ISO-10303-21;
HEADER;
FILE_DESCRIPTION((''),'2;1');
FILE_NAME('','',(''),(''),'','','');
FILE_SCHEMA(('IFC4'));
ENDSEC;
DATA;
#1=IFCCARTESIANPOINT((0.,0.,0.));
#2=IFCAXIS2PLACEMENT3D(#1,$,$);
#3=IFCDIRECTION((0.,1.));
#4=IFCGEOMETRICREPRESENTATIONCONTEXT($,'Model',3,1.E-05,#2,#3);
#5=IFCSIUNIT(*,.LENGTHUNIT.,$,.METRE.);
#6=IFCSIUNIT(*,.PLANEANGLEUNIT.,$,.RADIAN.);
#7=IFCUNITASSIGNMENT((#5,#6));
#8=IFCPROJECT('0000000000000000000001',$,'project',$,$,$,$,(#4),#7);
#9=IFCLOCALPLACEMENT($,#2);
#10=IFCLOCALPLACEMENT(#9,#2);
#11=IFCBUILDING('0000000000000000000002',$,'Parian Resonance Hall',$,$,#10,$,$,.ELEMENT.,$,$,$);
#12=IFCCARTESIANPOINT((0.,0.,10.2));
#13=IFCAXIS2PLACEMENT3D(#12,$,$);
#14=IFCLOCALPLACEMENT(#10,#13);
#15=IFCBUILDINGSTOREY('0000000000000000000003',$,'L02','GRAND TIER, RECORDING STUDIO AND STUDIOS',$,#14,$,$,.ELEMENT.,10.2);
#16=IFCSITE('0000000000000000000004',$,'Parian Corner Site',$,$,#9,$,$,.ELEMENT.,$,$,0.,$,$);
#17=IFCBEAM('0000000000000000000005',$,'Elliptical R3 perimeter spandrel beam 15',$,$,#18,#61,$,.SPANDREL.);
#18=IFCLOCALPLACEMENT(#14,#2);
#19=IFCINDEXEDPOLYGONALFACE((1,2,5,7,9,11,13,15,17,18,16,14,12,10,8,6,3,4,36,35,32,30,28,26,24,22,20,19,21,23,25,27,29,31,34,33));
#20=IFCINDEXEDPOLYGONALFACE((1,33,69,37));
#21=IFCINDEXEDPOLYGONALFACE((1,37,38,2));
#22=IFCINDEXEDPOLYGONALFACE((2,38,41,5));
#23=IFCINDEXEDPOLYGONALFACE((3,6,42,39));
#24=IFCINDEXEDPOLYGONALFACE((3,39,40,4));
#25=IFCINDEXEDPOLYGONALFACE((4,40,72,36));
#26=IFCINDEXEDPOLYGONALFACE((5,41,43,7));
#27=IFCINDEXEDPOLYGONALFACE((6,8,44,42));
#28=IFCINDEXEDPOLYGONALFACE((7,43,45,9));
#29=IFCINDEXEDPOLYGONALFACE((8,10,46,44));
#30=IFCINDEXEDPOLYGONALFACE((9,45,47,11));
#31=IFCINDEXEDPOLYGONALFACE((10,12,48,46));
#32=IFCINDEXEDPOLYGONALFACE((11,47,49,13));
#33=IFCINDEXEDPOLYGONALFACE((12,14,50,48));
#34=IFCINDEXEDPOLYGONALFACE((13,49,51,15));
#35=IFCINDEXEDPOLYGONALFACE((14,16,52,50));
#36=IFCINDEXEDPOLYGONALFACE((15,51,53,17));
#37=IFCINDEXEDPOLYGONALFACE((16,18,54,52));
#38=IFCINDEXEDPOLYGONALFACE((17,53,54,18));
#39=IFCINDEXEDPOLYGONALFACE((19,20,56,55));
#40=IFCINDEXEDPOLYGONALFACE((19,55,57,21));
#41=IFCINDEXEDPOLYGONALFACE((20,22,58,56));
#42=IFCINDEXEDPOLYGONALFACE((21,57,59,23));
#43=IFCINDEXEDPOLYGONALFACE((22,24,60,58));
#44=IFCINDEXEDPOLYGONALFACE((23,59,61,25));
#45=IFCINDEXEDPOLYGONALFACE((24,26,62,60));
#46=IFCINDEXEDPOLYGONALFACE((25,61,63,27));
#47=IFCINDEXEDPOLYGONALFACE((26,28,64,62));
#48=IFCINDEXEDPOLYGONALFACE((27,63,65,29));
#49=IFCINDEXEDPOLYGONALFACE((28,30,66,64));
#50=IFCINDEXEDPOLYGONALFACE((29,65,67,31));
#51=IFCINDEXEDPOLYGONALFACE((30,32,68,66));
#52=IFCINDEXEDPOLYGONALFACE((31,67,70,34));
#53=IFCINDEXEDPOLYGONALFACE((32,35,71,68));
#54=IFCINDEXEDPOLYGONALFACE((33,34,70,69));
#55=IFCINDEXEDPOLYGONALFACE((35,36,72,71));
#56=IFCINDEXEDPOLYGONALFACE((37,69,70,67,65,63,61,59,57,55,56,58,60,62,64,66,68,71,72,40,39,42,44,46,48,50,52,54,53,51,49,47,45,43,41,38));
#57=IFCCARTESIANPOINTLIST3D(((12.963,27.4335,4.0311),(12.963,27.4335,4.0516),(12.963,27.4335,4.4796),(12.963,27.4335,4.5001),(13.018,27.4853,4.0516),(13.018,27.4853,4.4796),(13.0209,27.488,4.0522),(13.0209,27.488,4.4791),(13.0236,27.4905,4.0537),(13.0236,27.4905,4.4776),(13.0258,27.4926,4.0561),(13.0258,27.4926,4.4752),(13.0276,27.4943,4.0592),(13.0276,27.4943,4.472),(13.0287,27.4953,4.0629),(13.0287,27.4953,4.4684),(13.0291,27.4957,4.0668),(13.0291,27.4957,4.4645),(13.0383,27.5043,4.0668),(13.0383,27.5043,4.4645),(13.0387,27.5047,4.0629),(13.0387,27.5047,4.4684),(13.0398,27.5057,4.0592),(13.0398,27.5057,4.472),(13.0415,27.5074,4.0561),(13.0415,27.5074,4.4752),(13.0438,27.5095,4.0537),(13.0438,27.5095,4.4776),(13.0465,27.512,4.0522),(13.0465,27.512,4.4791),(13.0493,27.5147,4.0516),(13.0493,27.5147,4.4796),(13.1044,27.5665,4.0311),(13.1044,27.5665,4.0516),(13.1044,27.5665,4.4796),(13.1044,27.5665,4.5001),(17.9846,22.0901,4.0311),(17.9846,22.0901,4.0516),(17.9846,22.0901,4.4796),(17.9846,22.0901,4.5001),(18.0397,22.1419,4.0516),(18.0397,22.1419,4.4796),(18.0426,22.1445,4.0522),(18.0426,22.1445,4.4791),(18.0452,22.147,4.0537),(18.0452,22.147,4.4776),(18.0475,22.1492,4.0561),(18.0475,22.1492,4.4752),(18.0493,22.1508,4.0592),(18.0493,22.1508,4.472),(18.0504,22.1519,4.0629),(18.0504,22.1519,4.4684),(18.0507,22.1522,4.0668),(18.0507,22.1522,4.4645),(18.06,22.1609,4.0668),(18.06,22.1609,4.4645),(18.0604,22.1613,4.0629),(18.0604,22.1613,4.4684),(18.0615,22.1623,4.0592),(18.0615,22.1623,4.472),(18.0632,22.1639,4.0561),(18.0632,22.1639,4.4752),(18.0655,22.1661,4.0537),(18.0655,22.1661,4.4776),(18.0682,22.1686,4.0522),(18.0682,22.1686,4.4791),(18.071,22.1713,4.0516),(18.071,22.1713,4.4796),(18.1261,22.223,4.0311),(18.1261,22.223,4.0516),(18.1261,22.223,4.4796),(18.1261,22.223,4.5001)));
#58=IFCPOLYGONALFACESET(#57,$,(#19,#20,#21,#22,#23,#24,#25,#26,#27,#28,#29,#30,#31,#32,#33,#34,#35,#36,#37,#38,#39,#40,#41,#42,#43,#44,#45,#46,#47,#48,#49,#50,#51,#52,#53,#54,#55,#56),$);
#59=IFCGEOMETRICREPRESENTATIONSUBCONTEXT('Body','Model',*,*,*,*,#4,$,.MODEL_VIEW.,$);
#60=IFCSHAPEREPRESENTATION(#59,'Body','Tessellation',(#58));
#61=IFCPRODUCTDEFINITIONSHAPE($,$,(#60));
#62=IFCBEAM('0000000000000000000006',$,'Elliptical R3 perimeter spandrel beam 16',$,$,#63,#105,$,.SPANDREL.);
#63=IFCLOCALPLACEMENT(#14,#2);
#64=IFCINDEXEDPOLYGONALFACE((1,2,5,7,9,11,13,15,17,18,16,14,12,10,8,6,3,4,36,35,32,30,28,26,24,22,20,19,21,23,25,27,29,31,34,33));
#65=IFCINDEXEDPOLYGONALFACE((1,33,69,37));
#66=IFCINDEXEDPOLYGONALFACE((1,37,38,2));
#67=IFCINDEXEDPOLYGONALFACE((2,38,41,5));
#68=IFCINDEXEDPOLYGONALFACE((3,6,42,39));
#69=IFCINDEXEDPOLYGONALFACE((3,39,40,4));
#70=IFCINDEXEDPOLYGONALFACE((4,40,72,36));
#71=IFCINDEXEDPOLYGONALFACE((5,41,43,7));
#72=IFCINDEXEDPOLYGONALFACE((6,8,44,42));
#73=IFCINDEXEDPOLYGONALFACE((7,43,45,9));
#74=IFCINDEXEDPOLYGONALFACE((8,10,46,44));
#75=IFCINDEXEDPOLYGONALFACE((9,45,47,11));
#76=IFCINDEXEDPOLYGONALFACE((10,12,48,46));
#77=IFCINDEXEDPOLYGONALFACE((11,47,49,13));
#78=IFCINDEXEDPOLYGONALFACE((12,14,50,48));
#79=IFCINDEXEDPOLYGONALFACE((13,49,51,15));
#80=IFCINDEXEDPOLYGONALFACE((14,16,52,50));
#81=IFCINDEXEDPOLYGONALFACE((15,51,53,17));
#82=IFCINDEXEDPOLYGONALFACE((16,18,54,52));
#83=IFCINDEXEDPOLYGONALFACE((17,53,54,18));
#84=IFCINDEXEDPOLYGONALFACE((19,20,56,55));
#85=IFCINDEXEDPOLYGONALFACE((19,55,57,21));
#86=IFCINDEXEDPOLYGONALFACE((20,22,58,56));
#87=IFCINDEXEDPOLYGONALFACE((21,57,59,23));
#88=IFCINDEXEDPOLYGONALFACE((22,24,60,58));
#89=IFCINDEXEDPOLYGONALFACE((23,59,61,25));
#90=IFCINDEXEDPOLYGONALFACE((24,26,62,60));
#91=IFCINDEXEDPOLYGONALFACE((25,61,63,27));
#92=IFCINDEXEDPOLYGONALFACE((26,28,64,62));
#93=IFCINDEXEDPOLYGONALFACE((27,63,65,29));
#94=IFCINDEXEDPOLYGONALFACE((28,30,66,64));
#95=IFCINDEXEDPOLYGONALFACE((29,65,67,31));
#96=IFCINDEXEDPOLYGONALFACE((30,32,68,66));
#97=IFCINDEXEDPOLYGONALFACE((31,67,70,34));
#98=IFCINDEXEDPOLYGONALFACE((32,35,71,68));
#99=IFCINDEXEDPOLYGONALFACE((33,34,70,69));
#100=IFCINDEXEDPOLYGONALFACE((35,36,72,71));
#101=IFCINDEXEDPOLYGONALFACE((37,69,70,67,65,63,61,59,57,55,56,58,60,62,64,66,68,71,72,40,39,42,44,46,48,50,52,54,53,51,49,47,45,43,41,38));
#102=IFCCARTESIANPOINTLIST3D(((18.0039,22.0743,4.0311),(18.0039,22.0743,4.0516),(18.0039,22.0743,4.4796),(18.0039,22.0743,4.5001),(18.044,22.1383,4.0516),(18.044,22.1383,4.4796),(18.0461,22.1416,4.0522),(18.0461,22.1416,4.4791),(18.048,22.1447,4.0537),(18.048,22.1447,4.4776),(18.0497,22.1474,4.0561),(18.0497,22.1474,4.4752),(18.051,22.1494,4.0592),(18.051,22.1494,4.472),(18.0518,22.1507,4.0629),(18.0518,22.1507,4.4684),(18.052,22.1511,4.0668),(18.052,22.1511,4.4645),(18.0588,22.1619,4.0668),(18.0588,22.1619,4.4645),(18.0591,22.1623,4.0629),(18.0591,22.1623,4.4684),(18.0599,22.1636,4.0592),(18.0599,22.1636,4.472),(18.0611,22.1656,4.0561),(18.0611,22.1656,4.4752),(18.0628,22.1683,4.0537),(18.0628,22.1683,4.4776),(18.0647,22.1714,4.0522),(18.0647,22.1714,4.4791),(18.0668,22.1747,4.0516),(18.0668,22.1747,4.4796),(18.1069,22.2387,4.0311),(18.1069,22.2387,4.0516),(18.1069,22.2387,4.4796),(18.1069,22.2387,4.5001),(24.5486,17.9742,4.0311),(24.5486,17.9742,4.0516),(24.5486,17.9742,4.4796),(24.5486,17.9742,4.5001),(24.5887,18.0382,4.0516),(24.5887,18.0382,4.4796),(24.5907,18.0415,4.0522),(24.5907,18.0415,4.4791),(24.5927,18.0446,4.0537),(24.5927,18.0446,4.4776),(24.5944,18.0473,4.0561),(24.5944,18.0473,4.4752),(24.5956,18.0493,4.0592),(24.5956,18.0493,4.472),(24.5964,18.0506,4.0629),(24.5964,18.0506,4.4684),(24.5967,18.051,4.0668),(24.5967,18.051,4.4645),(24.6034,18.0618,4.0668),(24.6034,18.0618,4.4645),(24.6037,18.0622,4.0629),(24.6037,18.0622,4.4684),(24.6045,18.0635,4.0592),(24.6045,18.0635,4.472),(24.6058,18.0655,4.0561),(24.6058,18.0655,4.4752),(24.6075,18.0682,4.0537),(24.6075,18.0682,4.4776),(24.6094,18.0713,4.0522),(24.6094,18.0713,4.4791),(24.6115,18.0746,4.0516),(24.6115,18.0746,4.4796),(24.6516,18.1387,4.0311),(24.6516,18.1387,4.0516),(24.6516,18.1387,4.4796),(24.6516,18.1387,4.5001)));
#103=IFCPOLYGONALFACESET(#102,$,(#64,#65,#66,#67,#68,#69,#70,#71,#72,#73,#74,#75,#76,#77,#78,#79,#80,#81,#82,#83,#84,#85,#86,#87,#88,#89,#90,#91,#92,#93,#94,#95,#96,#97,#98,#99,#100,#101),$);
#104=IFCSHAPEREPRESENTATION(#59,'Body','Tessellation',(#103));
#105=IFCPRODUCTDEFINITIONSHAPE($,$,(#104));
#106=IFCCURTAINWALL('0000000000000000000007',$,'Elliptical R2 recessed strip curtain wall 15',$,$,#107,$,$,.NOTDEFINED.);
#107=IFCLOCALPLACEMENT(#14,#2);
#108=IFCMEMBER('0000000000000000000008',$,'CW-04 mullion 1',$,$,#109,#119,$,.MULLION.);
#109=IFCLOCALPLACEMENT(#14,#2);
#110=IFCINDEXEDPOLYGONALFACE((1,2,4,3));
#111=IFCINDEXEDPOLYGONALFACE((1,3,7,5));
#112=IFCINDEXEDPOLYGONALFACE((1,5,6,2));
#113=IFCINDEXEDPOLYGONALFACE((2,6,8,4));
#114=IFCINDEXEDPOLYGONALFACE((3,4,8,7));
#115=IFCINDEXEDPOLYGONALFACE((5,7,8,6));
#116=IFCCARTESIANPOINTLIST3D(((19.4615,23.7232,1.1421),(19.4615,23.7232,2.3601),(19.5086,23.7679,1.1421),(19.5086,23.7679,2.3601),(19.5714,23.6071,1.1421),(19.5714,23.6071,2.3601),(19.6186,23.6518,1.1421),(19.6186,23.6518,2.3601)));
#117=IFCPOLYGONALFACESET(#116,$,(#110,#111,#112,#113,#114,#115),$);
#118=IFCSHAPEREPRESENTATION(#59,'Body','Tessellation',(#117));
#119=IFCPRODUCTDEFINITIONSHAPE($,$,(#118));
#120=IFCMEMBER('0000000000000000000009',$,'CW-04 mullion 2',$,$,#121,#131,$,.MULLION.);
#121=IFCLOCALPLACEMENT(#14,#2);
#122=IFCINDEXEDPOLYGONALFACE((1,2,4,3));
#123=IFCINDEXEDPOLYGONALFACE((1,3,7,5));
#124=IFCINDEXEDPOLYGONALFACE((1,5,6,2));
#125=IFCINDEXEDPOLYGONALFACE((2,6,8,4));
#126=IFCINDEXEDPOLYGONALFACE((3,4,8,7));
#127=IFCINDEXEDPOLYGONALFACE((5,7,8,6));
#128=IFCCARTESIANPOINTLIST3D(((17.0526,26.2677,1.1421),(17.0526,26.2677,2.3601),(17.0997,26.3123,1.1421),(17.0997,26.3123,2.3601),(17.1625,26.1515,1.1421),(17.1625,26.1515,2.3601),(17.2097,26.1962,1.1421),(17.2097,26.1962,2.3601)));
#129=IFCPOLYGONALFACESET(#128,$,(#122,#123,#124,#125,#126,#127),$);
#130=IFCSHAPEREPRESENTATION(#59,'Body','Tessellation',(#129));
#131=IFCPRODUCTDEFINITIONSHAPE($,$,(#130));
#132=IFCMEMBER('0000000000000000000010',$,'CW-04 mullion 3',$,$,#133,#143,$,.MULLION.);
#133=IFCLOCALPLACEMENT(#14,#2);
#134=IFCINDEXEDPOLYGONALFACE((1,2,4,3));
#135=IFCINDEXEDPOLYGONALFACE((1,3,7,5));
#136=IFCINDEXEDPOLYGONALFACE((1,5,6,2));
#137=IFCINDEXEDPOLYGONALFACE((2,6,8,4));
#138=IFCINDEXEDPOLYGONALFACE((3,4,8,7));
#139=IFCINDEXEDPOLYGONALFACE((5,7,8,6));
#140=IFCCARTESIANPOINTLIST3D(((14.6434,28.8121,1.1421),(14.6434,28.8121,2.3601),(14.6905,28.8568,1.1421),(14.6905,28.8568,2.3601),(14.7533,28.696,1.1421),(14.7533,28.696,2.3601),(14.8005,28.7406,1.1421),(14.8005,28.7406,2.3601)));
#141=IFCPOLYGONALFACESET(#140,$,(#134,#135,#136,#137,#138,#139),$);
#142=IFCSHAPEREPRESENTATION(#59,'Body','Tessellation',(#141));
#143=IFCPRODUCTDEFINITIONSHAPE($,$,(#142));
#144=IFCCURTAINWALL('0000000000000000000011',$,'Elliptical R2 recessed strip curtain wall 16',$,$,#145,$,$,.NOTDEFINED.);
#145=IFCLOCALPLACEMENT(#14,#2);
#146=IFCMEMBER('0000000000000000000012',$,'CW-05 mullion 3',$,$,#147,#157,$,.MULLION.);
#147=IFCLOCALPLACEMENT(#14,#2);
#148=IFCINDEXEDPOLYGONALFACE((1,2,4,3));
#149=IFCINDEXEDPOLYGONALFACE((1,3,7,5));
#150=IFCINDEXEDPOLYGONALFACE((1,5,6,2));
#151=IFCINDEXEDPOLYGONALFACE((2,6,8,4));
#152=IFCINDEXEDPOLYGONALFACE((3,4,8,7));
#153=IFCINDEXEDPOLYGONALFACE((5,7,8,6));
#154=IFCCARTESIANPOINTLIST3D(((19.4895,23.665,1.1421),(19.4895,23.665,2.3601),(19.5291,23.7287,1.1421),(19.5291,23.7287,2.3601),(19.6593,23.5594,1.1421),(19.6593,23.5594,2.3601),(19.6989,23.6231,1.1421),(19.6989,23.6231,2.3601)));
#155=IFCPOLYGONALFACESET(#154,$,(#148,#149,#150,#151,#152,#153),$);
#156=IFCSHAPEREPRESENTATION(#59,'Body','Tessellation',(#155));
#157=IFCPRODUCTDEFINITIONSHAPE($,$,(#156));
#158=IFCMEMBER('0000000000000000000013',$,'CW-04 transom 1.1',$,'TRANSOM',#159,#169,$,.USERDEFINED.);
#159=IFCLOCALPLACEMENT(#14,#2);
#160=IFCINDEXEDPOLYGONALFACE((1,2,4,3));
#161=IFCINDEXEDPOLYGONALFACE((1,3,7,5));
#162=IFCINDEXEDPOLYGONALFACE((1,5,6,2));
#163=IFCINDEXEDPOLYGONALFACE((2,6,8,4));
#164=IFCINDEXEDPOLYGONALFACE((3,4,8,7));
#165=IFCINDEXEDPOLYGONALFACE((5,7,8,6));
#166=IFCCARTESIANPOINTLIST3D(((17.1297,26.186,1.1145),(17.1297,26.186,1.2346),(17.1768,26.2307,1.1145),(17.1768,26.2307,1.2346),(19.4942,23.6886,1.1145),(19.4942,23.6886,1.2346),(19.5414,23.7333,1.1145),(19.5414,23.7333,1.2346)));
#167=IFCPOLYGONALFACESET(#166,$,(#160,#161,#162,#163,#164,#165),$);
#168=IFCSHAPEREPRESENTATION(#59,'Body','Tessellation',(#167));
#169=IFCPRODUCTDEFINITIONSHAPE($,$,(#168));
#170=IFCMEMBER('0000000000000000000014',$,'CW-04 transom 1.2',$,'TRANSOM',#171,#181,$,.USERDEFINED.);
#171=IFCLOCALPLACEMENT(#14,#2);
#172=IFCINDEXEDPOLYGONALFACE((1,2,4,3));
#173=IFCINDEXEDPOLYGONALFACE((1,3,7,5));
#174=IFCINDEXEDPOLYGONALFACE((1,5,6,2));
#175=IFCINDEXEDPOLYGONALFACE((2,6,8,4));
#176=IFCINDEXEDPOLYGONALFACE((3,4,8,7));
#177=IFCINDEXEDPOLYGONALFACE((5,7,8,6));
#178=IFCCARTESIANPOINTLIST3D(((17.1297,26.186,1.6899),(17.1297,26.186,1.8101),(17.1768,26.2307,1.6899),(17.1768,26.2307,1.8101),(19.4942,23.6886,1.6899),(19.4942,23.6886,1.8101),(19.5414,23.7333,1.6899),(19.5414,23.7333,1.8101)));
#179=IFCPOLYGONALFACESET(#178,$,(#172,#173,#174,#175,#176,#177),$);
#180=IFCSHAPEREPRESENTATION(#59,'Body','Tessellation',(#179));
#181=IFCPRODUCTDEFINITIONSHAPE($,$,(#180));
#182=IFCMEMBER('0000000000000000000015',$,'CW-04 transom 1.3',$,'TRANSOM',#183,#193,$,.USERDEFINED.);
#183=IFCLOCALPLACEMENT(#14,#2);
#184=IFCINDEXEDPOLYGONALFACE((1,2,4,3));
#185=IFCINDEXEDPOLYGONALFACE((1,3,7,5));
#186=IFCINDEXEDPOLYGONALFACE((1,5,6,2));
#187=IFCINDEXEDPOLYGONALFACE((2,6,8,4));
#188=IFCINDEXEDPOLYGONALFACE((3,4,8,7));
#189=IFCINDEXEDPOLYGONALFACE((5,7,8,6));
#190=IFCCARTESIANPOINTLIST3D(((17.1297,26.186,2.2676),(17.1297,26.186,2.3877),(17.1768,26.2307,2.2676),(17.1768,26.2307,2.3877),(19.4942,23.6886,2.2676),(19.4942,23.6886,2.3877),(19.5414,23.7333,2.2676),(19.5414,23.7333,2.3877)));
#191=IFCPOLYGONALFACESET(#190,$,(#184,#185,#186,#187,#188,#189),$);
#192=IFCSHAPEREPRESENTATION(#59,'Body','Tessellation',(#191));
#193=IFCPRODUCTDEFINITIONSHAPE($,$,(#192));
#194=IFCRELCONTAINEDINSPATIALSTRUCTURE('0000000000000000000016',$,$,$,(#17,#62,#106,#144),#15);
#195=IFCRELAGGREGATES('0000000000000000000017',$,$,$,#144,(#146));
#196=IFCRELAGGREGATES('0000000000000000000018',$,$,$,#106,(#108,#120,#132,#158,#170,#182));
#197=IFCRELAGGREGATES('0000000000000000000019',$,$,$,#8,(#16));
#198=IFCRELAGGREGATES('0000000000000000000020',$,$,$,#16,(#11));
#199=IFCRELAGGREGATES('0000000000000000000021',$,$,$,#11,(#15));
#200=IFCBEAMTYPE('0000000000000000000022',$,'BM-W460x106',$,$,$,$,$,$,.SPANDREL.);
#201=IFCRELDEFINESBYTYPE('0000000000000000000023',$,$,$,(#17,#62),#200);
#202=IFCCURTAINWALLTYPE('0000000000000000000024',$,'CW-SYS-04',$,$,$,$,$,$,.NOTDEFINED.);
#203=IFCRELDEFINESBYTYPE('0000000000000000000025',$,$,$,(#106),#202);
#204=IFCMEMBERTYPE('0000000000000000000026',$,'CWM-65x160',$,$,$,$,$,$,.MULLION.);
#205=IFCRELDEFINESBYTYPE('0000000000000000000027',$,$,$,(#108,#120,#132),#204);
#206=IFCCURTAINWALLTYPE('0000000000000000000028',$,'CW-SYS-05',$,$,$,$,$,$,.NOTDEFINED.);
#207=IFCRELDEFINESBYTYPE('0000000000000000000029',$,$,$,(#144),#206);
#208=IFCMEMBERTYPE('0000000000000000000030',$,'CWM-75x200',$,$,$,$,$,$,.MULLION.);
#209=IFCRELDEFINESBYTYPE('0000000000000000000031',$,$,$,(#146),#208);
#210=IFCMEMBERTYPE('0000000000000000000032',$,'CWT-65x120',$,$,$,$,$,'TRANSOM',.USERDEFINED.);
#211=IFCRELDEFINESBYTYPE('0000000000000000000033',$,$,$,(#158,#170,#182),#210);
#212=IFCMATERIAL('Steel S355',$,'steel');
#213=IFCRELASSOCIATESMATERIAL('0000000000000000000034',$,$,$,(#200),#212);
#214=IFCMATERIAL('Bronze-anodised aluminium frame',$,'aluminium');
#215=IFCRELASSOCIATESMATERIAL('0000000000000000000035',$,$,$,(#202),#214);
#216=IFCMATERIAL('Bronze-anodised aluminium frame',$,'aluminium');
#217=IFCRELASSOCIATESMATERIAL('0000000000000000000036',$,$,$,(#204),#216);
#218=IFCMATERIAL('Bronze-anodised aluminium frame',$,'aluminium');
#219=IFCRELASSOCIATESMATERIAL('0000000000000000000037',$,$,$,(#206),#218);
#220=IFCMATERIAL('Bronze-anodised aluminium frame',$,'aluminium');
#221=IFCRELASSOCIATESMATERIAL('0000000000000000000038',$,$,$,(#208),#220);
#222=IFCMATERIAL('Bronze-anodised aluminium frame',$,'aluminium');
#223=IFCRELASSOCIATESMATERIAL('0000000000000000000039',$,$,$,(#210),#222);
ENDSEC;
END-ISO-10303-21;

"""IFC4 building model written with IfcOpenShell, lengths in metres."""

from ifc_helpers import new_model, si_unit, direction, frame, origin, origin_2d, place, context, subcontext, project, spatial, rectangle, i_section, extrude, material, material_profile, profile_set, type_object, element, aggregate, save


model = new_model("IFC4")

# Units and contexts
model_context = context("Model", 3, precision=1e-05, world=origin(), true_north=direction((0.0, 1.0)))
body_context = subcontext(model_context, "Body", "Model", "MODEL_VIEW")
ifc_project = project(units=[si_unit("LENGTHUNIT", "METRE"), si_unit("PLANEANGLEUNIT", "RADIAN")], contexts=[model_context])

# Site, building, storey
site_placement = place(None, origin())
site = spatial("IfcSite", under=ifc_project, at=site_placement, Name="Parian Corner Site", CompositionType="ELEMENT", RefElevation=0.0)
building_placement = place(site_placement, origin())
building = spatial("IfcBuilding", under=site, at=building_placement, Name="Parian Resonance Hall", CompositionType="ELEMENT")
storey_placement = place(building_placement, frame((0.0, 0.0, 10.2)))
storey = spatial("IfcBuildingStorey", under=building, at=storey_placement, Name="L02", Description="GRAND TIER, RECORDING STUDIO AND STUDIOS", CompositionType="ELEMENT", Elevation=10.2)

# Beams
ifc_material_1 = material(Name="Steel S355", Category="steel")
ifc_material_profile_1 = material_profile(ifc_material_1, i_section(OverallWidth=0.1941, OverallDepth=0.469, WebThickness=0.0127, FlangeThickness=0.0205, FilletRadius=0.0151, at=origin_2d()), Name="W460x106")
ifc_profile_set_1 = profile_set([ifc_material_profile_1], Name="Steel S355")
beam_type = type_object("IfcBeamType", Name="BM-W460x106", PredefinedType="SPANDREL", material=ifc_profile_set_1)
beam_1_placement = place(storey_placement, frame((13.0337, 27.5, 4.2656), z_axis=(0.684826, -0.728707, 0.0), x_axis=(0.728707, 0.684826, 0.0)))
element("IfcBeam", 1, at=beam_1_placement, inside=storey, type_object=beam_type, Name="Elliptical R3 perimeter spandrel beam 15", PredefinedType="SPANDREL", context=body_context, shape_type="SweptSolid", body=[
    extrude(i_section(OverallWidth=0.1941, OverallDepth=0.469, WebThickness=0.0127, FlangeThickness=0.0205, FilletRadius=0.0151, at=origin_2d()), origin(), (0.0, 0.0, 1.0), 7.3328),
])
beam_2_placement = place(storey_placement, frame((18.0554, 22.1565, 4.2656), z_axis=(0.847435, -0.530899, 0.0), x_axis=(0.530899, 0.847435, 0.0)))
element("IfcBeam", 2, at=beam_2_placement, inside=storey, type_object=beam_type, Name="Elliptical R3 perimeter spandrel beam 16", PredefinedType="SPANDREL", context=body_context, shape_type="SweptSolid", body=[
    extrude(i_section(OverallWidth=0.1941, OverallDepth=0.469, WebThickness=0.0127, FlangeThickness=0.0205, FilletRadius=0.0151, at=origin_2d()), origin(), (0.0, 0.0, 1.0), 7.7229),
])

# Curtain wall, members
ifc_material_2 = material(Name="Bronze-anodised aluminium frame", Category="aluminium")
curtain_wall_type_1 = type_object("IfcCurtainWallType", Name="CW-SYS-04", PredefinedType="NOTDEFINED", material=ifc_material_2)
curtain_wall_1_placement = place(storey_placement, origin())
curtain_wall_1 = element("IfcCurtainWall", 3, at=curtain_wall_1_placement, inside=storey, type_object=curtain_wall_type_1, Name="Elliptical R2 recessed strip curtain wall 15", PredefinedType="NOTDEFINED")
ifc_material_3 = material(Name="Bronze-anodised aluminium frame", Category="aluminium")
ifc_material_profile_2 = material_profile(ifc_material_3, rectangle(XDim=0.0649, YDim=0.1599, at=origin_2d()), Name="CWM-65x160")
ifc_profile_set_2 = profile_set([ifc_material_profile_2], Name="Bronze-anodised aluminium frame")
member_type_1 = type_object("IfcMemberType", Name="CWM-65x160", PredefinedType="MULLION", material=ifc_profile_set_2)
member_1_placement = place(storey_placement, frame((19.54, 23.6875, 1.1421), z_axis=(0.0, 0.0, 1.0), x_axis=(-0.726163, -0.687523, 0.0)))
member_1 = element("IfcMember", 4, at=member_1_placement, type_object=member_type_1, Name="CW-04 mullion 1", PredefinedType="MULLION", context=body_context, shape_type="SweptSolid", body=[
    extrude(rectangle(XDim=0.0649, YDim=0.1599, at=origin_2d()), origin(), (0.0, 0.0, 1.0), 1.218),
])
member_2_placement = place(storey_placement, frame((17.1311, 26.2319, 1.1421), z_axis=(0.0, 0.0, 1.0), x_axis=(-0.726163, -0.687523, 0.0)))
member_2 = element("IfcMember", 5, at=member_2_placement, type_object=member_type_1, Name="CW-04 mullion 2", PredefinedType="MULLION", context=body_context, shape_type="SweptSolid", body=[
    extrude(rectangle(XDim=0.0649, YDim=0.1599, at=origin_2d()), origin(), (0.0, 0.0, 1.0), 1.218),
])
member_3_placement = place(storey_placement, frame((14.7219, 28.7764, 1.1421), z_axis=(0.0, 0.0, 1.0), x_axis=(-0.726163, -0.687523, 0.0)))
member_3 = element("IfcMember", 6, at=member_3_placement, type_object=member_type_1, Name="CW-04 mullion 3", PredefinedType="MULLION", context=body_context, shape_type="SweptSolid", body=[
    extrude(rectangle(XDim=0.0649, YDim=0.1599, at=origin_2d()), origin(), (0.0, 0.0, 1.0), 1.218),
])

# Curtain wall, member
ifc_material_4 = material(Name="Bronze-anodised aluminium frame", Category="aluminium")
curtain_wall_type_2 = type_object("IfcCurtainWallType", Name="CW-SYS-05", PredefinedType="NOTDEFINED", material=ifc_material_4)
curtain_wall_2_placement = place(storey_placement, origin())
curtain_wall_2 = element("IfcCurtainWall", 7, at=curtain_wall_2_placement, inside=storey, type_object=curtain_wall_type_2, Name="Elliptical R2 recessed strip curtain wall 16", PredefinedType="NOTDEFINED")
ifc_material_5 = material(Name="Bronze-anodised aluminium frame", Category="aluminium")
ifc_material_profile_3 = material_profile(ifc_material_5, rectangle(XDim=0.075, YDim=0.2, at=origin_2d()), Name="CWM-75x200")
ifc_profile_set_3 = profile_set([ifc_material_profile_3], Name="Bronze-anodised aluminium frame")
member_type_2 = type_object("IfcMemberType", Name="CWM-75x200", PredefinedType="MULLION", material=ifc_profile_set_3)
member_4_placement = place(storey_placement, frame((19.5942, 23.644, 1.1421), z_axis=(0.0, 0.0, 1.0), x_axis=(-0.528096, -0.849185, 0.0)))
member_4 = element("IfcMember", 8, at=member_4_placement, type_object=member_type_2, Name="CW-05 mullion 3", PredefinedType="MULLION", context=body_context, shape_type="SweptSolid", body=[
    extrude(rectangle(XDim=0.075, YDim=0.2, at=origin_2d()), origin(), (0.0, 0.0, 1.0), 1.218),
])

# Members
ifc_material_6 = material(Name="Bronze-anodised aluminium frame", Category="aluminium")
ifc_material_profile_4 = material_profile(ifc_material_6, rectangle(XDim=0.0649, YDim=0.1201, at=origin_2d()), Name="CWT-65x120")
ifc_profile_set_4 = profile_set([ifc_material_profile_4], Name="Bronze-anodised aluminium frame")
member_type_3 = type_object("IfcMemberType", Name="CWT-65x120", ElementType="TRANSOM", PredefinedType="USERDEFINED", material=ifc_profile_set_4)
member_5_placement = place(storey_placement, frame((19.5178, 23.7109, 1.1746), z_axis=(-0.687534, 0.726152, 0.0), x_axis=(-0.726152, -0.687534, 0.0)))
member_5 = element("IfcMember", 9, at=member_5_placement, type_object=member_type_3, Name="CW-04 transom 1.1", ObjectType="TRANSOM", PredefinedType="USERDEFINED", context=body_context, shape_type="SweptSolid", body=[
    extrude(rectangle(XDim=0.0649, YDim=0.1201, at=origin_2d()), origin(), (0.0, 0.0, 1.0), 3.4392),
])
member_6_placement = place(storey_placement, frame((19.5178, 23.7109, 1.75), z_axis=(-0.687534, 0.726152, 0.0), x_axis=(-0.726152, -0.687534, 0.0)))
member_6 = element("IfcMember", 10, at=member_6_placement, type_object=member_type_3, Name="CW-04 transom 1.2", ObjectType="TRANSOM", PredefinedType="USERDEFINED", context=body_context, shape_type="SweptSolid", body=[
    extrude(rectangle(XDim=0.0649, YDim=0.1201, at=origin_2d()), origin(), (0.0, 0.0, 1.0), 3.4392),
])
member_7_placement = place(storey_placement, frame((19.5178, 23.7109, 2.3276), z_axis=(-0.687534, 0.726152, 0.0), x_axis=(-0.726152, -0.687534, 0.0)))
member_7 = element("IfcMember", 11, at=member_7_placement, type_object=member_type_3, Name="CW-04 transom 1.3", ObjectType="TRANSOM", PredefinedType="USERDEFINED", context=body_context, shape_type="SweptSolid", body=[
    extrude(rectangle(XDim=0.0649, YDim=0.1201, at=origin_2d()), origin(), (0.0, 0.0, 1.0), 3.4392),
])

aggregate(curtain_wall_2, [member_4])
aggregate(curtain_wall_1, [member_1, member_2, member_3, member_5, member_6, member_7])

save(model, "model.ifc")
